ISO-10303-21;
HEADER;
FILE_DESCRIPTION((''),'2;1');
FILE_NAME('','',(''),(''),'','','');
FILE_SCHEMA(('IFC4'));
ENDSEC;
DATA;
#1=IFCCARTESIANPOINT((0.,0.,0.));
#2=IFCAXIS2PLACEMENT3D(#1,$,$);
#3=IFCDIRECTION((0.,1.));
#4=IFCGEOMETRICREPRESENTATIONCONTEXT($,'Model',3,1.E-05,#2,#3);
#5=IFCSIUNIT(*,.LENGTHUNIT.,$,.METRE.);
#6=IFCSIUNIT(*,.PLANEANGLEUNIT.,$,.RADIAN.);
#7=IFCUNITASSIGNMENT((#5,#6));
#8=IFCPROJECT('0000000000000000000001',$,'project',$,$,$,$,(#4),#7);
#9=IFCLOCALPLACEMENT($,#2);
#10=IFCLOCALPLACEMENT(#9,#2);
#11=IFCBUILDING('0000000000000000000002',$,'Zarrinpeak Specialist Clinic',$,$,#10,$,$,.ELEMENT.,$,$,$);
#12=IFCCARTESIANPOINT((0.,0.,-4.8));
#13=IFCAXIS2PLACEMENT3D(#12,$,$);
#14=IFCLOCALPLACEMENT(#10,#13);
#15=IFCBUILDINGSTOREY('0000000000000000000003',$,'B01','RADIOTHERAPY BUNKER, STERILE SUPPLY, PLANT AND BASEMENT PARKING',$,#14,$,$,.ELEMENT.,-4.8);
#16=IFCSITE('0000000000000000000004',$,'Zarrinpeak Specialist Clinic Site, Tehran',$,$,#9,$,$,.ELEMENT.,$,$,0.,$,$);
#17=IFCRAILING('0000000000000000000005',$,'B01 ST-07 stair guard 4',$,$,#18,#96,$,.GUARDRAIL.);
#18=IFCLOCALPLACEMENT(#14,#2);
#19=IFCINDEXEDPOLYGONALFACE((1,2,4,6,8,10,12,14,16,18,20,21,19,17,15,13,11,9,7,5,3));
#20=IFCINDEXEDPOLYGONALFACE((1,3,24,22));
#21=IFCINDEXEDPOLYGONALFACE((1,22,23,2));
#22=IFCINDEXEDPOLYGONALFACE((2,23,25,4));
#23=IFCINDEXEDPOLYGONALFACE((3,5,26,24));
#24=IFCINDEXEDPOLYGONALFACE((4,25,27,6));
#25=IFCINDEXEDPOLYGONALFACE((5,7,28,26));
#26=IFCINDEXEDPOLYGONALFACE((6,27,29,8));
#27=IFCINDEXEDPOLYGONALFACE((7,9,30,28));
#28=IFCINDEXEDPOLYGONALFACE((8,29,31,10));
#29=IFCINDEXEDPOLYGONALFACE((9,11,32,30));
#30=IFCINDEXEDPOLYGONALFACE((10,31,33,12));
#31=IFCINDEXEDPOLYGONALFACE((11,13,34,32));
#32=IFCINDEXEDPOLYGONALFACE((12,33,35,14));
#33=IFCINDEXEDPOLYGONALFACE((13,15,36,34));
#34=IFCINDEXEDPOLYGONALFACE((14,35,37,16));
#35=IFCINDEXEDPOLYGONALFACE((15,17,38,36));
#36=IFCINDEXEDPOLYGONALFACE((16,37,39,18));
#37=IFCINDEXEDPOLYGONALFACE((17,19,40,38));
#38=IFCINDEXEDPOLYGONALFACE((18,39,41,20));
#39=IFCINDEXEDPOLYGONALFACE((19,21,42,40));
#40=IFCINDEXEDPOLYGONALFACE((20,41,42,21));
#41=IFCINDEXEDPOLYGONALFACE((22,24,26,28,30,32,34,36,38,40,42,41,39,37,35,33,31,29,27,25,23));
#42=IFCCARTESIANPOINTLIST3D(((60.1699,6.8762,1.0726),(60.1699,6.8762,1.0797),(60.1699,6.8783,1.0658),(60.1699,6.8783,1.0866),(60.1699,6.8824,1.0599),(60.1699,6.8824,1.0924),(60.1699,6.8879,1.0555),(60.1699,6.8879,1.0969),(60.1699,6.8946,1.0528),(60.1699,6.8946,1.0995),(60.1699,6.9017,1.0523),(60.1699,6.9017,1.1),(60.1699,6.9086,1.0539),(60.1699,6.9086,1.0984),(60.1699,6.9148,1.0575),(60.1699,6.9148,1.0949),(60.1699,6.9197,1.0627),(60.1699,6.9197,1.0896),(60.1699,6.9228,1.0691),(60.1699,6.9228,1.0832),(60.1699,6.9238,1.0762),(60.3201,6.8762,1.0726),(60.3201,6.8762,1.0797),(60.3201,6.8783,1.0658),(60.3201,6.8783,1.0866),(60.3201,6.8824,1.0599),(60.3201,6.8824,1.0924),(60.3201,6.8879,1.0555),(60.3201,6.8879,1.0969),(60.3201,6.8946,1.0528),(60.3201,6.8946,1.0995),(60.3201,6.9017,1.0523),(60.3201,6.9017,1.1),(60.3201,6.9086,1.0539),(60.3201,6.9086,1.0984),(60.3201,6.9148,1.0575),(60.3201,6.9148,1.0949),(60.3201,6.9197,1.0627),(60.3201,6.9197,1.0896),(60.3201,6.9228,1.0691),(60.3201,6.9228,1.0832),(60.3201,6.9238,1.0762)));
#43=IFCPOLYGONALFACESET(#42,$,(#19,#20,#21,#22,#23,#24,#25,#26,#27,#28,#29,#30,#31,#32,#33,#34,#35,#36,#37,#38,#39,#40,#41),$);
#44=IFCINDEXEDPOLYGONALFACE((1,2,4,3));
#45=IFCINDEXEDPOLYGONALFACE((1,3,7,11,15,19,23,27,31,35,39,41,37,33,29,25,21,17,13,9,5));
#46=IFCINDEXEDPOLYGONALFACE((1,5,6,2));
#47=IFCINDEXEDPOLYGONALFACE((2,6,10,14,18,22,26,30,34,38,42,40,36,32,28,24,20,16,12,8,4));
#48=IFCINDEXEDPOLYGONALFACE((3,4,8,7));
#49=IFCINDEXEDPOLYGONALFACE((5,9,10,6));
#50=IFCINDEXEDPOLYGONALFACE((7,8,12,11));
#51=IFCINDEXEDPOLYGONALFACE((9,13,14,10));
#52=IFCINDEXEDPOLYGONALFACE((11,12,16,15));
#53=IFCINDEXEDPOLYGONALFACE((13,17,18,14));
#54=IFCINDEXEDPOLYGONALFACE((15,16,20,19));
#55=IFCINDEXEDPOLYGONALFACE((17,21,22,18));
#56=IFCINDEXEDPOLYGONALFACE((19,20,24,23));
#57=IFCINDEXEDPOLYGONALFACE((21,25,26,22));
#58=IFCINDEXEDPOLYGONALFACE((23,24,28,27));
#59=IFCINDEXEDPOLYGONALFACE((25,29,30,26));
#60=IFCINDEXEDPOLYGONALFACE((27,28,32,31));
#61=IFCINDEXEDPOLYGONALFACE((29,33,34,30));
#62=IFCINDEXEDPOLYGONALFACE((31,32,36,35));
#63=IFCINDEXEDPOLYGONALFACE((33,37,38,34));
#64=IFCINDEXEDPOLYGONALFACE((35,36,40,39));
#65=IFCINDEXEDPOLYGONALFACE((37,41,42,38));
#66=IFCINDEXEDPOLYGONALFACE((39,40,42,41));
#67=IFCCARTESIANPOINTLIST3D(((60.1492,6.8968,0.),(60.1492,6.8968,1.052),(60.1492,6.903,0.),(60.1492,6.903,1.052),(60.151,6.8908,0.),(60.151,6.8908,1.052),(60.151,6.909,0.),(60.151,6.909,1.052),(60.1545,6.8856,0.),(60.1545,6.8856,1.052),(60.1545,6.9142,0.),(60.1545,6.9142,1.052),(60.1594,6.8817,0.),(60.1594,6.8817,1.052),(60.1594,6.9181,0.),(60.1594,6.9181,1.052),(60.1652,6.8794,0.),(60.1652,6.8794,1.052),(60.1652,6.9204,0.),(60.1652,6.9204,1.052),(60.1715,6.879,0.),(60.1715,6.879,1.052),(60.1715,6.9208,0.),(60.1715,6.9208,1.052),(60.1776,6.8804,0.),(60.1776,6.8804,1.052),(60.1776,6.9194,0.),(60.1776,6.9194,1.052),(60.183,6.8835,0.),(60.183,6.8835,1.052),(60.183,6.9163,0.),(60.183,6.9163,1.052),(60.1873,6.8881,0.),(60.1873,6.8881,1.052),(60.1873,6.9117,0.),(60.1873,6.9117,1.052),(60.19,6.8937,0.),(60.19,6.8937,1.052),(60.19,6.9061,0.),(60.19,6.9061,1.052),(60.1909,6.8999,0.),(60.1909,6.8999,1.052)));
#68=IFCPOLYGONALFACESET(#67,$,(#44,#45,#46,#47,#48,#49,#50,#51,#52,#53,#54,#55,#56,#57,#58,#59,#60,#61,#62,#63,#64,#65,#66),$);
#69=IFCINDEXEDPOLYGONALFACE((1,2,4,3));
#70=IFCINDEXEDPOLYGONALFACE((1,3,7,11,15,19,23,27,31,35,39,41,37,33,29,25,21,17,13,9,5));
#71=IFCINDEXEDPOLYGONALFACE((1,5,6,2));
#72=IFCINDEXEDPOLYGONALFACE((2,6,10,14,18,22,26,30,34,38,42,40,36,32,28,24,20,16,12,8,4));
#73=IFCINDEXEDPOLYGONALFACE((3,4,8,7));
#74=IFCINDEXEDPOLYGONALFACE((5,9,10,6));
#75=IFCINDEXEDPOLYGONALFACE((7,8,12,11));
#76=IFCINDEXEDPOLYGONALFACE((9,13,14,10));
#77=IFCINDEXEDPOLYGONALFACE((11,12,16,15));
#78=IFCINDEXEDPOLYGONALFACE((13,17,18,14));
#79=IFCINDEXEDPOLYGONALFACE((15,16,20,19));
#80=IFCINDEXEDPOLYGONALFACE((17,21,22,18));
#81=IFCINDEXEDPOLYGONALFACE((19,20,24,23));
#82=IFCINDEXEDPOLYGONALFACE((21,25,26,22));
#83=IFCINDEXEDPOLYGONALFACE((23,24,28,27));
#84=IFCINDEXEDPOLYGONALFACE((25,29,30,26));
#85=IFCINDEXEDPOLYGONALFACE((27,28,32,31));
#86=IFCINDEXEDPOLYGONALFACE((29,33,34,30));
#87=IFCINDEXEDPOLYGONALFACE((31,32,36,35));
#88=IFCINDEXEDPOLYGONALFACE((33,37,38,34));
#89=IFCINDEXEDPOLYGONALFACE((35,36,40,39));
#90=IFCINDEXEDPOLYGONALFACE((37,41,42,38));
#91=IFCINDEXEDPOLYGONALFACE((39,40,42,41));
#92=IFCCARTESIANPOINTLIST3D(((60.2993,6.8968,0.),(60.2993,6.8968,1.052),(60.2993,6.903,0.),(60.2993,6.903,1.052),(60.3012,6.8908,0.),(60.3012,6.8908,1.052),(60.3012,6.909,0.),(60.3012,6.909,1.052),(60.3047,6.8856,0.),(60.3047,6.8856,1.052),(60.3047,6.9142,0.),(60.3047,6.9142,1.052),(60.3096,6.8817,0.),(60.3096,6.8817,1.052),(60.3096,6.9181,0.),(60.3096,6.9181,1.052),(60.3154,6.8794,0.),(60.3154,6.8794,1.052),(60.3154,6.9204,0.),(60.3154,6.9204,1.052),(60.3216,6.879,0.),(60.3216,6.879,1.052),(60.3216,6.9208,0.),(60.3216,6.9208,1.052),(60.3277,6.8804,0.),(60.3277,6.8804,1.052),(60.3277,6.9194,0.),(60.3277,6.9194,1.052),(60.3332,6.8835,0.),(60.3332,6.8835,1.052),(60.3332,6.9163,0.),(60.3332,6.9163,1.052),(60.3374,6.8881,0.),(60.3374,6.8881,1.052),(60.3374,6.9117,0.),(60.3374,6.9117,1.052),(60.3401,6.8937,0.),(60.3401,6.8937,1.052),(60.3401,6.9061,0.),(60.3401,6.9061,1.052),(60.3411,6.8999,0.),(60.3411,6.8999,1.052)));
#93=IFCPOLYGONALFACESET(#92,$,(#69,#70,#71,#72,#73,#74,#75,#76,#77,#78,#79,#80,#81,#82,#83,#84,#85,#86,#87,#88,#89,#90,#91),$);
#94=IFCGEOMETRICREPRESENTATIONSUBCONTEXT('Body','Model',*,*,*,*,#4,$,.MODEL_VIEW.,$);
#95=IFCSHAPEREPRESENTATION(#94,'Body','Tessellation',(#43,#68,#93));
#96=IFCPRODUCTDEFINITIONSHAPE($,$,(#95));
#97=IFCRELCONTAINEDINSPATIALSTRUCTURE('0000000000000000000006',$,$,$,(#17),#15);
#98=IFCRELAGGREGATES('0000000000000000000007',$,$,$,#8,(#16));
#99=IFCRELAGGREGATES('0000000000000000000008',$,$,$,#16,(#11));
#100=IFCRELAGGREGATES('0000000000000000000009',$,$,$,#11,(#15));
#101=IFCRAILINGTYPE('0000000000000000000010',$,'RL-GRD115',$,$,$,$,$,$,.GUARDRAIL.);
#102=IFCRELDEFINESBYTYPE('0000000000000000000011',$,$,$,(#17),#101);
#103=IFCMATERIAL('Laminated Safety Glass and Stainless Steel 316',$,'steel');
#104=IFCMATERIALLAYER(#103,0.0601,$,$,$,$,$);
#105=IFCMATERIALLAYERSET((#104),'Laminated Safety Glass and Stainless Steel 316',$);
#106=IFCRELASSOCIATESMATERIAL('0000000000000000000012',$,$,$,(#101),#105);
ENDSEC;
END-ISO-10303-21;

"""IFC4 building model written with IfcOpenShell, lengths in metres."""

from ifc_helpers import new_model, si_unit, direction, frame, origin, origin_2d, place, context, subcontext, project, spatial, circle, extrude, material, layer, layer_set, type_object, element, save


model = new_model("IFC4")

# Units and contexts
model_context = context("Model", 3, precision=1e-05, world=origin(), true_north=direction((0.0, 1.0)))
body_context = subcontext(model_context, "Body", "Model", "MODEL_VIEW")
ifc_project = project(units=[si_unit("LENGTHUNIT", "METRE"), si_unit("PLANEANGLEUNIT", "RADIAN")], contexts=[model_context])

# Site, building, storey
site_placement = place(None, origin())
site = spatial("IfcSite", under=ifc_project, at=site_placement, Name="Zarrinpeak Specialist Clinic Site, Tehran", CompositionType="ELEMENT", RefElevation=0.0)
building_placement = place(site_placement, origin())
building = spatial("IfcBuilding", under=site, at=building_placement, Name="Zarrinpeak Specialist Clinic", CompositionType="ELEMENT")
storey_placement = place(building_placement, frame((0.0, 0.0, -4.8)))
storey = spatial("IfcBuildingStorey", under=building, at=storey_placement, Name="B01", Description="RADIOTHERAPY BUNKER, STERILE SUPPLY, PLANT AND BASEMENT PARKING", CompositionType="ELEMENT", Elevation=-4.8)

# Railing
ifc_material_1 = material(Name="Laminated Safety Glass and Stainless Steel 316", Category="steel")
ifc_layer_1 = layer(ifc_material_1, 0.0601)
ifc_layer_set_1 = layer_set([ifc_layer_1], Name="Laminated Safety Glass and Stainless Steel 316")
railing_type_1 = type_object("IfcRailingType", Name="RL-GRD115", PredefinedType="GUARDRAIL", material=ifc_layer_set_1)
railing_1_placement = place(storey_placement, frame((60.1699, 6.8999, 0.0)))
element("IfcRailing", 1, at=railing_1_placement, inside=storey, type_object=railing_type_1, Name="B01 ST-07 stair guard 4", PredefinedType="GUARDRAIL", context=body_context, shape_type="SweptSolid", body=[
    extrude(circle(Radius=0.0239, at=origin_2d()), frame((0.0, 0.0, 1.0762), z_axis=(1.0, 0.0, 0.0), x_axis=(0.0, 1.0, 0.0)), (0.0, 0.0, 1.0), 0.1501),
    extrude(circle(Radius=0.021, at=origin_2d()), origin(), (0.0, 0.0, 1.0), 1.052),
    extrude(circle(Radius=0.021, at=origin_2d()), frame((0.1501, 0.0, 0.0)), (0.0, 0.0, 1.0), 1.052),
])

save(model, "model.ifc")
